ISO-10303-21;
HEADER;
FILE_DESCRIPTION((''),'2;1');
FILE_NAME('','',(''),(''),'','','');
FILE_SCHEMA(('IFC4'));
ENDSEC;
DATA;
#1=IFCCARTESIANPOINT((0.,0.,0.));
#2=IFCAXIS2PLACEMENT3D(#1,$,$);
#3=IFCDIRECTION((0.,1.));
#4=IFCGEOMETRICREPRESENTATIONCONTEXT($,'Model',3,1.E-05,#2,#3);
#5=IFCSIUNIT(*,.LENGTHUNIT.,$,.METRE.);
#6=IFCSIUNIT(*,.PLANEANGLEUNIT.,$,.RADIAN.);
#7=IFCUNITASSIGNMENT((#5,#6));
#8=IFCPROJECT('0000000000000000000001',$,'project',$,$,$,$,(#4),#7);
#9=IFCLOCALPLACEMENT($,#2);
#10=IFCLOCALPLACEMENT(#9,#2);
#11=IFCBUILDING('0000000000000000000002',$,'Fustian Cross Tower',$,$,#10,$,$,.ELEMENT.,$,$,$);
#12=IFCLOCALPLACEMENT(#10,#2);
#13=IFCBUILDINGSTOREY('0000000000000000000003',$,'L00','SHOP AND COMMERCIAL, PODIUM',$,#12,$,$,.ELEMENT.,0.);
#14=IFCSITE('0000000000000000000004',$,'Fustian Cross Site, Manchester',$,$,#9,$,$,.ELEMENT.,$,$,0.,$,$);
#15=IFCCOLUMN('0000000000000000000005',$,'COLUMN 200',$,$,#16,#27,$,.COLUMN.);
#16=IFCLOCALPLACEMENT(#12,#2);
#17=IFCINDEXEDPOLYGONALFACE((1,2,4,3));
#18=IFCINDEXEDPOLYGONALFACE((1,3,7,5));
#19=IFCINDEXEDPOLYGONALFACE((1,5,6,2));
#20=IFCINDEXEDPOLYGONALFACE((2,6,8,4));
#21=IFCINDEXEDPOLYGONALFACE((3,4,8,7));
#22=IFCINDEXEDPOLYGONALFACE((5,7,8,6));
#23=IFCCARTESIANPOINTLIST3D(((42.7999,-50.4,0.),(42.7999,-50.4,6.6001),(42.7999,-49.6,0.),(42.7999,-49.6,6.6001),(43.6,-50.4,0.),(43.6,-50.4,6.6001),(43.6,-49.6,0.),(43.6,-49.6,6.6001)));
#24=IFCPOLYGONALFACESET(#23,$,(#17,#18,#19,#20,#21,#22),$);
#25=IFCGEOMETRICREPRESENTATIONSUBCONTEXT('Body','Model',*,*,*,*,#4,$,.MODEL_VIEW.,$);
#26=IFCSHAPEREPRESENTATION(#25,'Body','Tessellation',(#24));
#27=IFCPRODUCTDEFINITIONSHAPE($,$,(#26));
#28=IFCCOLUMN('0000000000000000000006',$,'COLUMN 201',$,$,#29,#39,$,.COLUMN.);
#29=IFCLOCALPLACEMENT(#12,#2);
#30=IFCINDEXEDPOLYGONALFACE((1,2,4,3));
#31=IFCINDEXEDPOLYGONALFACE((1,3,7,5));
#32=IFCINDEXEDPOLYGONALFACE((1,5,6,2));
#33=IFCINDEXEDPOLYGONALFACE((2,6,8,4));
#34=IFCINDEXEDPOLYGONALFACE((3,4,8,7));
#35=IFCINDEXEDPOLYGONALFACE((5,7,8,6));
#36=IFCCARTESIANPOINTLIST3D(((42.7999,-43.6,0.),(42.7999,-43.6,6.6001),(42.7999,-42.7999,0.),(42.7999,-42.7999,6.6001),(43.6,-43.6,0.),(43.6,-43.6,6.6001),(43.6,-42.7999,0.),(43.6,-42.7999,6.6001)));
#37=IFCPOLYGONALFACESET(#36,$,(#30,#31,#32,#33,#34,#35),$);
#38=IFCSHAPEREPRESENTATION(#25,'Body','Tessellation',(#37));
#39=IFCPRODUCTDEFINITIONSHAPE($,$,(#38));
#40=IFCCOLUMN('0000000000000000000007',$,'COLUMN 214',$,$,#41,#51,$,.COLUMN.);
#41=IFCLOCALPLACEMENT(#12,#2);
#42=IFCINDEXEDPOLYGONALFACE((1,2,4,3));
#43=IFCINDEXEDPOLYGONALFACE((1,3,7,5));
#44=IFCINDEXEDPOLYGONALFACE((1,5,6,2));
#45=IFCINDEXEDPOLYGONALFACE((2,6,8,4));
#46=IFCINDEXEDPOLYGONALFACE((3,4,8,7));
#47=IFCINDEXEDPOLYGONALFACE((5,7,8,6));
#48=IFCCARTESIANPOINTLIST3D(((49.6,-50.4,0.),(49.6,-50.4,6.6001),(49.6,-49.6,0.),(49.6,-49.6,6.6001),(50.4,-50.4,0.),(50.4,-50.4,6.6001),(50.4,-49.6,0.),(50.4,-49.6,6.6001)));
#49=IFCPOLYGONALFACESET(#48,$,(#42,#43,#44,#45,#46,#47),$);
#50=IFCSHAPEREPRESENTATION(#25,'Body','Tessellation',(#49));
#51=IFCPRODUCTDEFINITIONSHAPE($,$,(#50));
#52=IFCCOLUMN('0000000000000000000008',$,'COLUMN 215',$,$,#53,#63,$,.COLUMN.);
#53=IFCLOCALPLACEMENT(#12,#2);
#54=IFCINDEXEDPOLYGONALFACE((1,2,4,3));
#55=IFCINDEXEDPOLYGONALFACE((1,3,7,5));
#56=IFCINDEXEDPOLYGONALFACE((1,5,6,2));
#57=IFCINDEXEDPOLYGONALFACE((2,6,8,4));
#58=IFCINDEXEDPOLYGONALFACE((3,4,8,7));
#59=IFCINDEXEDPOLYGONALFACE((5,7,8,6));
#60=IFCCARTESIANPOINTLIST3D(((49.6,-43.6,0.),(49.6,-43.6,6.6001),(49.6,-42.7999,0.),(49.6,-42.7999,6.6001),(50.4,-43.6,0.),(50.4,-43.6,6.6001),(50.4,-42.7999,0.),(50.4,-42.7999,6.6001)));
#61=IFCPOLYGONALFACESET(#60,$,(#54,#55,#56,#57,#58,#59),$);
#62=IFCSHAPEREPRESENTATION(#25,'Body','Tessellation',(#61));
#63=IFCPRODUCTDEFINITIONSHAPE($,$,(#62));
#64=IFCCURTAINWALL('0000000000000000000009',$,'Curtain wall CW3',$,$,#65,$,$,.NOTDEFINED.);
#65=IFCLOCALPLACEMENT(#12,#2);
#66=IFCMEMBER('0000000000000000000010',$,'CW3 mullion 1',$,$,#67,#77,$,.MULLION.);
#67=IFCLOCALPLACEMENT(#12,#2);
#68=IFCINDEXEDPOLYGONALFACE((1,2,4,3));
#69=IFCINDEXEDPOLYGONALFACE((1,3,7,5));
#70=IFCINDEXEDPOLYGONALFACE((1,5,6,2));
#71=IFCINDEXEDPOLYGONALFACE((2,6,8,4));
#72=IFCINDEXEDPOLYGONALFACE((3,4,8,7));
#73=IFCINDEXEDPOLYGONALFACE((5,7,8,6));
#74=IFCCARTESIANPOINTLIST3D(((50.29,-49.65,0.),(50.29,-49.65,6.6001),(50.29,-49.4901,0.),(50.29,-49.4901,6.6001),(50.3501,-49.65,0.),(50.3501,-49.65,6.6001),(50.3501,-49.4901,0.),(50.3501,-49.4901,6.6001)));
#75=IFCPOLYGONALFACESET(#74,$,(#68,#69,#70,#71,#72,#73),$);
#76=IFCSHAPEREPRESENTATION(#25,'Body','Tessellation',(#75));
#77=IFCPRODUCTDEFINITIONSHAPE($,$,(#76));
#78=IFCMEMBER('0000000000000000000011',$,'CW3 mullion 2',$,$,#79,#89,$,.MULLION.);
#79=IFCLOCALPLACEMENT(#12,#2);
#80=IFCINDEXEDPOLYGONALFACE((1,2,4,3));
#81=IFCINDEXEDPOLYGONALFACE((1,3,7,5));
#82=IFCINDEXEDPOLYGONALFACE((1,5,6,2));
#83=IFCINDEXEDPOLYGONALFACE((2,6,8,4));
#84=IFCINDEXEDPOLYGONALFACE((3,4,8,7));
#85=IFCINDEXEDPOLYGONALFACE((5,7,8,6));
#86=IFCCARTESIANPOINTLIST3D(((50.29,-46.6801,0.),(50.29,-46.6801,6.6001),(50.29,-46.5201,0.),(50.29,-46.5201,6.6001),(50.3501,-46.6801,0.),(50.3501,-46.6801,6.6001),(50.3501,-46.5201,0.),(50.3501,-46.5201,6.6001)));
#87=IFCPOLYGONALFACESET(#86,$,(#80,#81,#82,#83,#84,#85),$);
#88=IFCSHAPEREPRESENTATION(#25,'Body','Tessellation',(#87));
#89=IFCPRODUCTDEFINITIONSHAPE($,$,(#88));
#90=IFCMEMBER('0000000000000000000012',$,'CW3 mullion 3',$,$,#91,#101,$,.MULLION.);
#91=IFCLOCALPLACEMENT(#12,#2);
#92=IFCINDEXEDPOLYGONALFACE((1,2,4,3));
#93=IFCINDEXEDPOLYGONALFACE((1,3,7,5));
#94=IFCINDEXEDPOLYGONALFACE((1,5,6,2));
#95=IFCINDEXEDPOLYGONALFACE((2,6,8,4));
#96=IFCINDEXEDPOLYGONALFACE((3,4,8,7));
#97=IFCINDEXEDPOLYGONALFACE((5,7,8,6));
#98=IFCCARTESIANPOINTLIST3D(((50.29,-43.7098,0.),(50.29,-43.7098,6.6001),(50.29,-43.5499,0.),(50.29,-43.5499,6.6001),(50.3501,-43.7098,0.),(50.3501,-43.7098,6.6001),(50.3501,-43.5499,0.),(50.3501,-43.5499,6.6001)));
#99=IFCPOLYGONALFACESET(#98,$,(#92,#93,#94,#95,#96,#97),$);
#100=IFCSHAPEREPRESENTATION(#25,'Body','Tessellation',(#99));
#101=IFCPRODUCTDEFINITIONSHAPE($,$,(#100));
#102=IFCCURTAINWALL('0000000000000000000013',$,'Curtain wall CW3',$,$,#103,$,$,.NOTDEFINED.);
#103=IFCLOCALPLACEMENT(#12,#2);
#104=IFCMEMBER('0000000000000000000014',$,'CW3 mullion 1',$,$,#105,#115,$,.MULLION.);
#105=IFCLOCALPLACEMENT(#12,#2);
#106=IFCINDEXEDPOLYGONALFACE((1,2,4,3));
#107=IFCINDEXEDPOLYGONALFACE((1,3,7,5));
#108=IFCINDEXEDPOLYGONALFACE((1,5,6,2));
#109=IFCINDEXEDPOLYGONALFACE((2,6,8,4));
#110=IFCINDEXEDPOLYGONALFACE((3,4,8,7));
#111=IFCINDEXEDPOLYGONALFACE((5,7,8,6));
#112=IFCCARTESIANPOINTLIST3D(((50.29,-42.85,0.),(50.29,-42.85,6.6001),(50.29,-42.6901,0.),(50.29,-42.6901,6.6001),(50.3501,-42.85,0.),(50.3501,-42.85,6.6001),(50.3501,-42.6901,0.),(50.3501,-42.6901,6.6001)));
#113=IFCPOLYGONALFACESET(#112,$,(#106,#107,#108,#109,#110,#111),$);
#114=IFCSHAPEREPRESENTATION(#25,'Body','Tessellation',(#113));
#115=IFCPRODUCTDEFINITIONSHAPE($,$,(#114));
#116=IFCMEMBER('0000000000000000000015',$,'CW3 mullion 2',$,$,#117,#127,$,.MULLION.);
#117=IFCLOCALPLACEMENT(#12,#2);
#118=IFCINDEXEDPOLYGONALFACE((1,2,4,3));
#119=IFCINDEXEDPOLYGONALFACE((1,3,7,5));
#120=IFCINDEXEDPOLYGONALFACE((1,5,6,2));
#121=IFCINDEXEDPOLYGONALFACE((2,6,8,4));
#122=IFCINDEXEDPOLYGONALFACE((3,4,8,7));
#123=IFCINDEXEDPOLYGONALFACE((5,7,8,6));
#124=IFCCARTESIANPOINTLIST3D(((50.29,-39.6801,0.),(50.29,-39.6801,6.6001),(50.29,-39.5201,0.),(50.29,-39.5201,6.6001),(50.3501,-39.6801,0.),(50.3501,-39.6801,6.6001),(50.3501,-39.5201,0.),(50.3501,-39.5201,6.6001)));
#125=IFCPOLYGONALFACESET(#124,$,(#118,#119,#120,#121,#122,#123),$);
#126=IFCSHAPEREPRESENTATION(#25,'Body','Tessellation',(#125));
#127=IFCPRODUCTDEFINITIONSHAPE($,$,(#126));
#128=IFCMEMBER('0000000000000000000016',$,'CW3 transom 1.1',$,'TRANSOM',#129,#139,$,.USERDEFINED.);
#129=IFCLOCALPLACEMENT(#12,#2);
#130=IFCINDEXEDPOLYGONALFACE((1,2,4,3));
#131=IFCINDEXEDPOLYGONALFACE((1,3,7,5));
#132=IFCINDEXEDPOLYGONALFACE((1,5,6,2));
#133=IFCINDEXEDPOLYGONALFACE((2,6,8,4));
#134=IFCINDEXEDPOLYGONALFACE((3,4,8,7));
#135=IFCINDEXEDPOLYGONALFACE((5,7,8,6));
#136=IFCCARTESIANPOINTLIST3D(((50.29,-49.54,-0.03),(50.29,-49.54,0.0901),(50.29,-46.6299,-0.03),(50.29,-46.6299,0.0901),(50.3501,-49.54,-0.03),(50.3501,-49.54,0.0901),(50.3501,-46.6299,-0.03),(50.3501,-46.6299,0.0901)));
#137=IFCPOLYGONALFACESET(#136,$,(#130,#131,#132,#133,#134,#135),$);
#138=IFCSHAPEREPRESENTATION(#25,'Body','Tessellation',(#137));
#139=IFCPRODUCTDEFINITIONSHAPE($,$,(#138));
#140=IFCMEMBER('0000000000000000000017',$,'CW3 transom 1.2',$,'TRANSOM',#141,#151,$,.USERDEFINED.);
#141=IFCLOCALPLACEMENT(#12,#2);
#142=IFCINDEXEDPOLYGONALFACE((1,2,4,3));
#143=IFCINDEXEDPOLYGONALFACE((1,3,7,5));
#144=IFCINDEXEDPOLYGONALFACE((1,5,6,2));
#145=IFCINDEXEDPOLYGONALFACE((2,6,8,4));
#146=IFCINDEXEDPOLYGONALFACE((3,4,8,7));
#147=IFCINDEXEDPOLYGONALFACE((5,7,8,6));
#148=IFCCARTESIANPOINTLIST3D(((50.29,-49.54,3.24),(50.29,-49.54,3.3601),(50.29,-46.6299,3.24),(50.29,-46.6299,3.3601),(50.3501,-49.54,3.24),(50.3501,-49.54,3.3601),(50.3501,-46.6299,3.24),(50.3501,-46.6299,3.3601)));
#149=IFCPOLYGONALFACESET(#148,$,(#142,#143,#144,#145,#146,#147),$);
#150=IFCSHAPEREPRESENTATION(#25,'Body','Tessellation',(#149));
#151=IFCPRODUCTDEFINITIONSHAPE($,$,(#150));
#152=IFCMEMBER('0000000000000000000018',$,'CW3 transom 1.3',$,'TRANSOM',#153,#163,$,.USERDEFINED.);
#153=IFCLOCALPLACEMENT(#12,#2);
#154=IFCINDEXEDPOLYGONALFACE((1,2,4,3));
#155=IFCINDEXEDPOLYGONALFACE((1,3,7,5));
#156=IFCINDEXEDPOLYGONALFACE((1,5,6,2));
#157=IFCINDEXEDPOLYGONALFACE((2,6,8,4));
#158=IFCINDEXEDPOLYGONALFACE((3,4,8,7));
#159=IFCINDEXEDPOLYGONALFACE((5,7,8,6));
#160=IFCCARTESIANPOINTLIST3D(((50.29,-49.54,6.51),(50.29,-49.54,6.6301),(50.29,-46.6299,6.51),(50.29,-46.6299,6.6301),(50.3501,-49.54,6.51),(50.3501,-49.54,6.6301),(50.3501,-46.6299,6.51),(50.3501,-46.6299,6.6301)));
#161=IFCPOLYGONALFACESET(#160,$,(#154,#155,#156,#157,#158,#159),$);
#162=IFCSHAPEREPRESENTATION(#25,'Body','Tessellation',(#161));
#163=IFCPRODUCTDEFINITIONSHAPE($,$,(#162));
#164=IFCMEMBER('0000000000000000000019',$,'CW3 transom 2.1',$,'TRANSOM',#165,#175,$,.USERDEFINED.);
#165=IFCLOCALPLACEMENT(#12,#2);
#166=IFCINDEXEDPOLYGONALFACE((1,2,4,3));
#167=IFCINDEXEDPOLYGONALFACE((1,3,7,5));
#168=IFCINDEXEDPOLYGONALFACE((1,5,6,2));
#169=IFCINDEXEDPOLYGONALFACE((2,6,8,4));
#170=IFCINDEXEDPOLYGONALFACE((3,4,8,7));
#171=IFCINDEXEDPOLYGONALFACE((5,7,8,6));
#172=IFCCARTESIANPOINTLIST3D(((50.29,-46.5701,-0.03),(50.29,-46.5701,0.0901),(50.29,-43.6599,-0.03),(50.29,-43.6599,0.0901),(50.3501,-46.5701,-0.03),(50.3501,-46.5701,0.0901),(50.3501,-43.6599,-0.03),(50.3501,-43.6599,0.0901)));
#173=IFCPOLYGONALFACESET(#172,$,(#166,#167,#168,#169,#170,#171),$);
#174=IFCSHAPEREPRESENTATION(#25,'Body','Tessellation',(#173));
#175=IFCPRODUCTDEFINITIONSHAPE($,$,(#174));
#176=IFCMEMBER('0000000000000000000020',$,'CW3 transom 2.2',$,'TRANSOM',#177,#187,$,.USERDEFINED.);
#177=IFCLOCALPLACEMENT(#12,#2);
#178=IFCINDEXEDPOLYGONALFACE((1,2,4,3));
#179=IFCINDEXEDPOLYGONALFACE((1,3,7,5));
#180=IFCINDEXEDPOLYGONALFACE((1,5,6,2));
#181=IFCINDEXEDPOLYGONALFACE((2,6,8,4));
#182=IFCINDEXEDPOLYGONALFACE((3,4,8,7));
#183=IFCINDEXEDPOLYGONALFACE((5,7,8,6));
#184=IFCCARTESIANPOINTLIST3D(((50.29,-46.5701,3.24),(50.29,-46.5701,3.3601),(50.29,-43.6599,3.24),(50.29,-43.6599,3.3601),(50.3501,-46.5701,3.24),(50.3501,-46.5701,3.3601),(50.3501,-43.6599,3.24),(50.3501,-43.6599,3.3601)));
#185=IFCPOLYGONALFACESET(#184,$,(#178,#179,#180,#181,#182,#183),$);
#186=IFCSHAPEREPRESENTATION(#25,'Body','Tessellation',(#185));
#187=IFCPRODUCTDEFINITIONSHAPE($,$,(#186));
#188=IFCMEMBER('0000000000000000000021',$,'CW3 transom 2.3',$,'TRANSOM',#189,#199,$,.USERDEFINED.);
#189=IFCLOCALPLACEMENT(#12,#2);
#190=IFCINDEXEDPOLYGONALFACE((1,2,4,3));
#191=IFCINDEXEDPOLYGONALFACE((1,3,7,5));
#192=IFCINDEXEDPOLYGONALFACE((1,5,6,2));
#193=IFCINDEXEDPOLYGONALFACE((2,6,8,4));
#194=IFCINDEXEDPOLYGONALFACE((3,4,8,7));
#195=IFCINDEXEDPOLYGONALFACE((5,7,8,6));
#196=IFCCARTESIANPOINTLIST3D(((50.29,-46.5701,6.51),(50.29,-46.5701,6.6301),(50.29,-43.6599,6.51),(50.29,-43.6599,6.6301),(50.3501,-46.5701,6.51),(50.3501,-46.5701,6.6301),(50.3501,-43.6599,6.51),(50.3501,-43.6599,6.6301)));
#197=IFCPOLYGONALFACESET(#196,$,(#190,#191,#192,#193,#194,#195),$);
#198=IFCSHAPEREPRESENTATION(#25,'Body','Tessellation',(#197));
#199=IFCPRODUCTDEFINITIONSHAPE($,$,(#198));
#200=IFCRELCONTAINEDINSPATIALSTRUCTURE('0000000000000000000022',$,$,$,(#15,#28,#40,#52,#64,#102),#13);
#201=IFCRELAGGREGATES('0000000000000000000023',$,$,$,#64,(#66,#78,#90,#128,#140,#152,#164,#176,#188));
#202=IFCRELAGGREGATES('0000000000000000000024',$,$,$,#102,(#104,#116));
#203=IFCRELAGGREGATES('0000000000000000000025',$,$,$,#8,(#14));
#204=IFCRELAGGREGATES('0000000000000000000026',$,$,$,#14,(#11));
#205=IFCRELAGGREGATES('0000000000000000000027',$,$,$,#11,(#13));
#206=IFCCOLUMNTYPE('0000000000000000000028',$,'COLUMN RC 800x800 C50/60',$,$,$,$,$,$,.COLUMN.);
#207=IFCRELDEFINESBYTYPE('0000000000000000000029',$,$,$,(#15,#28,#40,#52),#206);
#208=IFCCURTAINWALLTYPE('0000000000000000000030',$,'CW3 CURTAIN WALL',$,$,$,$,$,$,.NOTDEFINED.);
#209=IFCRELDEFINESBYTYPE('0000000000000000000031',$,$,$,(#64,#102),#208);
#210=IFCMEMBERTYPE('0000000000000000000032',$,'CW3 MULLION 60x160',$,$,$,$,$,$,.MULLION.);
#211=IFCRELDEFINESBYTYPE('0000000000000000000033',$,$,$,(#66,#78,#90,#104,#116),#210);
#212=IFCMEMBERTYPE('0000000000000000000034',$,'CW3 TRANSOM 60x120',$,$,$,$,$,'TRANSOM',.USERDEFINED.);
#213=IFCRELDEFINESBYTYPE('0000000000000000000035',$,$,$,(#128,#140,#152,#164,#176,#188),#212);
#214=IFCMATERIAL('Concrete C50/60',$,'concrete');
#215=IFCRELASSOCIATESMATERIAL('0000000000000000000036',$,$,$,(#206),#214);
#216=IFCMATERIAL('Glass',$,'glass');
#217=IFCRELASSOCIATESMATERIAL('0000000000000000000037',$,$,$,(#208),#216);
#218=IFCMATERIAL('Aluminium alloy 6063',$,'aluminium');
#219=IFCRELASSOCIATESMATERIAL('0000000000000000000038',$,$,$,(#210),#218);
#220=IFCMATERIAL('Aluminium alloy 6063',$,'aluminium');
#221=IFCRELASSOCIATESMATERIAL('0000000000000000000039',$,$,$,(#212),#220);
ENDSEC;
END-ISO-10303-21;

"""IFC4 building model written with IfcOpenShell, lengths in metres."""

from ifc_helpers import new_model, si_unit, direction, frame, origin, origin_2d, place, context, subcontext, project, spatial, rectangle, extrude, material, material_profile, profile_set, type_object, element, aggregate, save


model = new_model("IFC4")

# Units and contexts
model_context = context("Model", 3, precision=1e-05, world=origin(), true_north=direction((0.0, 1.0)))
body_context = subcontext(model_context, "Body", "Model", "MODEL_VIEW")
ifc_project = project(units=[si_unit("LENGTHUNIT", "METRE"), si_unit("PLANEANGLEUNIT", "RADIAN")], contexts=[model_context])

# Site, building, storey
site_placement = place(None, origin())
site = spatial("IfcSite", under=ifc_project, at=site_placement, Name="Fustian Cross Site, Manchester", CompositionType="ELEMENT", RefElevation=0.0)
building_placement = place(site_placement, origin())
building = spatial("IfcBuilding", under=site, at=building_placement, Name="Fustian Cross Tower", CompositionType="ELEMENT")
storey_placement = place(building_placement, origin())
storey = spatial("IfcBuildingStorey", under=building, at=storey_placement, Name="L00", Description="SHOP AND COMMERCIAL, PODIUM", CompositionType="ELEMENT", Elevation=0.0)

# Columns
ifc_material_1 = material(Name="Concrete C50/60", Category="concrete")
ifc_material_profile_1 = material_profile(ifc_material_1, rectangle(XDim=0.8, YDim=0.8, at=origin_2d()), Name="RC 800x800")
ifc_profile_set_1 = profile_set([ifc_material_profile_1], Name="Concrete C50/60")
column_type = type_object("IfcColumnType", Name="COLUMN RC 800x800 C50/60", PredefinedType="COLUMN", material=ifc_profile_set_1)
for number, where, z_axis, x_axis, name in (
    (1, (43.2, -50.0, 0.0), (0.0, 0.0, 1.0), (1.0, 0.0, 0.0), "COLUMN 200"),
    (2, (43.2, -43.2, 0.0), (0.0, 0.0, 1.0), (1.0, 0.0, 0.0), "COLUMN 201"),
    (3, (50.0, -50.0, 0.0), (0.0, 0.0, 1.0), (1.0, 0.0, 0.0), "COLUMN 214"),
    (4, (50.0, -43.2, 0.0), (0.0, 0.0, 1.0), (1.0, 0.0, 0.0), "COLUMN 215"),
):
    element("IfcColumn", number, at=place(storey_placement, frame(where, z_axis=z_axis, x_axis=x_axis)), inside=storey, type_object=column_type, Name=name, PredefinedType="COLUMN", context=body_context, shape_type="SweptSolid", body=[
        extrude(rectangle(XDim=0.8, YDim=0.8, at=origin_2d()), origin(), (0.0, 0.0, 1.0), 6.6001),
    ])

# Curtain walls, members
ifc_material_2 = material(Name="Glass", Category="glass")
curtain_wall_type = type_object("IfcCurtainWallType", Name="CW3 CURTAIN WALL", PredefinedType="NOTDEFINED", material=ifc_material_2)
curtain_wall_1_placement = place(storey_placement, origin())
curtain_wall_1 = element("IfcCurtainWall", 5, at=curtain_wall_1_placement, inside=storey, type_object=curtain_wall_type, Name="Curtain wall CW3", PredefinedType="NOTDEFINED")
ifc_material_3 = material(Name="Aluminium alloy 6063", Category="aluminium")
ifc_material_profile_2 = material_profile(ifc_material_3, rectangle(XDim=0.0601, YDim=0.1599, at=origin_2d()), Name="CW3 MULLION 60x160")
ifc_profile_set_2 = profile_set([ifc_material_profile_2], Name="Aluminium alloy 6063")
member_type_1 = type_object("IfcMemberType", Name="CW3 MULLION 60x160", PredefinedType="MULLION", material=ifc_profile_set_2)
member_1_placement = place(storey_placement, frame((50.3201, -49.5701, 0.0), z_axis=(0.0, 0.0, 1.0), x_axis=(-1.0, 0.0, 0.0)))
member_1 = element("IfcMember", 6, at=member_1_placement, type_object=member_type_1, Name="CW3 mullion 1", PredefinedType="MULLION", context=body_context, shape_type="SweptSolid", body=[
    extrude(rectangle(XDim=0.0601, YDim=0.1599, at=origin_2d()), origin(), (0.0, 0.0, 1.0), 6.6001),
])
member_2_placement = place(storey_placement, frame((50.3201, -46.6001, 0.0), z_axis=(0.0, 0.0, 1.0), x_axis=(-1.0, 0.0, 0.0)))
member_2 = element("IfcMember", 7, at=member_2_placement, type_object=member_type_1, Name="CW3 mullion 2", PredefinedType="MULLION", context=body_context, shape_type="SweptSolid", body=[
    extrude(rectangle(XDim=0.0601, YDim=0.1599, at=origin_2d()), origin(), (0.0, 0.0, 1.0), 6.6001),
])
member_3_placement = place(storey_placement, frame((50.3201, -43.6299, 0.0), z_axis=(0.0, 0.0, 1.0), x_axis=(-1.0, 0.0, 0.0)))
member_3 = element("IfcMember", 8, at=member_3_placement, type_object=member_type_1, Name="CW3 mullion 3", PredefinedType="MULLION", context=body_context, shape_type="SweptSolid", body=[
    extrude(rectangle(XDim=0.0601, YDim=0.1599, at=origin_2d()), origin(), (0.0, 0.0, 1.0), 6.6001),
])
curtain_wall_2_placement = place(storey_placement, origin())
curtain_wall_2 = element("IfcCurtainWall", 9, at=curtain_wall_2_placement, inside=storey, type_object=curtain_wall_type, Name="Curtain wall CW3", PredefinedType="NOTDEFINED")
member_4_placement = place(storey_placement, frame((50.3201, -42.77, 0.0), z_axis=(0.0, 0.0, 1.0), x_axis=(-1.0, 0.0, 0.0)))
member_4 = element("IfcMember", 10, at=member_4_placement, type_object=member_type_1, Name="CW3 mullion 1", PredefinedType="MULLION", context=body_context, shape_type="SweptSolid", body=[
    extrude(rectangle(XDim=0.0601, YDim=0.1599, at=origin_2d()), origin(), (0.0, 0.0, 1.0), 6.6001),
])
member_5_placement = place(storey_placement, frame((50.3201, -39.6001, 0.0), z_axis=(0.0, 0.0, 1.0), x_axis=(-1.0, 0.0, 0.0)))
member_5 = element("IfcMember", 11, at=member_5_placement, type_object=member_type_1, Name="CW3 mullion 2", PredefinedType="MULLION", context=body_context, shape_type="SweptSolid", body=[
    extrude(rectangle(XDim=0.0601, YDim=0.1599, at=origin_2d()), origin(), (0.0, 0.0, 1.0), 6.6001),
])

# Members
ifc_material_4 = material(Name="Aluminium alloy 6063", Category="aluminium")
ifc_material_profile_3 = material_profile(ifc_material_4, rectangle(XDim=0.0601, YDim=0.1201, at=origin_2d()), Name="CW3 TRANSOM 60x120")
ifc_profile_set_3 = profile_set([ifc_material_profile_3], Name="Aluminium alloy 6063")
member_type_2 = type_object("IfcMemberType", Name="CW3 TRANSOM 60x120", ElementType="TRANSOM", PredefinedType="USERDEFINED", material=ifc_profile_set_3)
member_6_placement = place(storey_placement, frame((50.3201, -49.54, 0.03), z_axis=(0.0, 1.0, 0.0), x_axis=(-1.0, 0.0, 0.0)))
member_6 = element("IfcMember", 12, at=member_6_placement, type_object=member_type_2, Name="CW3 transom 1.1", ObjectType="TRANSOM", PredefinedType="USERDEFINED", context=body_context, shape_type="SweptSolid", body=[
    extrude(rectangle(XDim=0.0601, YDim=0.1201, at=origin_2d()), origin(), (0.0, 0.0, 1.0), 2.9102),
])
member_7_placement = place(storey_placement, frame((50.3201, -49.54, 3.3), z_axis=(0.0, 1.0, 0.0), x_axis=(-1.0, 0.0, 0.0)))
member_7 = element("IfcMember", 13, at=member_7_placement, type_object=member_type_2, Name="CW3 transom 1.2", ObjectType="TRANSOM", PredefinedType="USERDEFINED", context=body_context, shape_type="SweptSolid", body=[
    extrude(rectangle(XDim=0.0601, YDim=0.1201, at=origin_2d()), origin(), (0.0, 0.0, 1.0), 2.9102),
])
member_8_placement = place(storey_placement, frame((50.3201, -49.54, 6.5701), z_axis=(0.0, 1.0, 0.0), x_axis=(-1.0, 0.0, 0.0)))
member_8 = element("IfcMember", 14, at=member_8_placement, type_object=member_type_2, Name="CW3 transom 1.3", ObjectType="TRANSOM", PredefinedType="USERDEFINED", context=body_context, shape_type="SweptSolid", body=[
    extrude(rectangle(XDim=0.0601, YDim=0.1201, at=origin_2d()), origin(), (0.0, 0.0, 1.0), 2.9102),
])
member_9_placement = place(storey_placement, frame((50.3201, -46.5701, 0.03), z_axis=(0.0, 1.0, 0.0), x_axis=(-1.0, 0.0, 0.0)))
member_9 = element("IfcMember", 15, at=member_9_placement, type_object=member_type_2, Name="CW3 transom 2.1", ObjectType="TRANSOM", PredefinedType="USERDEFINED", context=body_context, shape_type="SweptSolid", body=[
    extrude(rectangle(XDim=0.0601, YDim=0.1201, at=origin_2d()), origin(), (0.0, 0.0, 1.0), 2.9102),
])
member_10_placement = place(storey_placement, frame((50.3201, -46.5701, 3.3), z_axis=(0.0, 1.0, 0.0), x_axis=(-1.0, 0.0, 0.0)))
member_10 = element("IfcMember", 16, at=member_10_placement, type_object=member_type_2, Name="CW3 transom 2.2", ObjectType="TRANSOM", PredefinedType="USERDEFINED", context=body_context, shape_type="SweptSolid", body=[
    extrude(rectangle(XDim=0.0601, YDim=0.1201, at=origin_2d()), origin(), (0.0, 0.0, 1.0), 2.9102),
])
member_11_placement = place(storey_placement, frame((50.3201, -46.5701, 6.5701), z_axis=(0.0, 1.0, 0.0), x_axis=(-1.0, 0.0, 0.0)))
member_11 = element("IfcMember", 17, at=member_11_placement, type_object=member_type_2, Name="CW3 transom 2.3", ObjectType="TRANSOM", PredefinedType="USERDEFINED", context=body_context, shape_type="SweptSolid", body=[
    extrude(rectangle(XDim=0.0601, YDim=0.1201, at=origin_2d()), origin(), (0.0, 0.0, 1.0), 2.9102),
])

aggregate(curtain_wall_1, [member_1, member_2, member_3, member_6, member_7, member_8, member_9, member_10, member_11])
aggregate(curtain_wall_2, [member_4, member_5])

save(model, "model.ifc")
